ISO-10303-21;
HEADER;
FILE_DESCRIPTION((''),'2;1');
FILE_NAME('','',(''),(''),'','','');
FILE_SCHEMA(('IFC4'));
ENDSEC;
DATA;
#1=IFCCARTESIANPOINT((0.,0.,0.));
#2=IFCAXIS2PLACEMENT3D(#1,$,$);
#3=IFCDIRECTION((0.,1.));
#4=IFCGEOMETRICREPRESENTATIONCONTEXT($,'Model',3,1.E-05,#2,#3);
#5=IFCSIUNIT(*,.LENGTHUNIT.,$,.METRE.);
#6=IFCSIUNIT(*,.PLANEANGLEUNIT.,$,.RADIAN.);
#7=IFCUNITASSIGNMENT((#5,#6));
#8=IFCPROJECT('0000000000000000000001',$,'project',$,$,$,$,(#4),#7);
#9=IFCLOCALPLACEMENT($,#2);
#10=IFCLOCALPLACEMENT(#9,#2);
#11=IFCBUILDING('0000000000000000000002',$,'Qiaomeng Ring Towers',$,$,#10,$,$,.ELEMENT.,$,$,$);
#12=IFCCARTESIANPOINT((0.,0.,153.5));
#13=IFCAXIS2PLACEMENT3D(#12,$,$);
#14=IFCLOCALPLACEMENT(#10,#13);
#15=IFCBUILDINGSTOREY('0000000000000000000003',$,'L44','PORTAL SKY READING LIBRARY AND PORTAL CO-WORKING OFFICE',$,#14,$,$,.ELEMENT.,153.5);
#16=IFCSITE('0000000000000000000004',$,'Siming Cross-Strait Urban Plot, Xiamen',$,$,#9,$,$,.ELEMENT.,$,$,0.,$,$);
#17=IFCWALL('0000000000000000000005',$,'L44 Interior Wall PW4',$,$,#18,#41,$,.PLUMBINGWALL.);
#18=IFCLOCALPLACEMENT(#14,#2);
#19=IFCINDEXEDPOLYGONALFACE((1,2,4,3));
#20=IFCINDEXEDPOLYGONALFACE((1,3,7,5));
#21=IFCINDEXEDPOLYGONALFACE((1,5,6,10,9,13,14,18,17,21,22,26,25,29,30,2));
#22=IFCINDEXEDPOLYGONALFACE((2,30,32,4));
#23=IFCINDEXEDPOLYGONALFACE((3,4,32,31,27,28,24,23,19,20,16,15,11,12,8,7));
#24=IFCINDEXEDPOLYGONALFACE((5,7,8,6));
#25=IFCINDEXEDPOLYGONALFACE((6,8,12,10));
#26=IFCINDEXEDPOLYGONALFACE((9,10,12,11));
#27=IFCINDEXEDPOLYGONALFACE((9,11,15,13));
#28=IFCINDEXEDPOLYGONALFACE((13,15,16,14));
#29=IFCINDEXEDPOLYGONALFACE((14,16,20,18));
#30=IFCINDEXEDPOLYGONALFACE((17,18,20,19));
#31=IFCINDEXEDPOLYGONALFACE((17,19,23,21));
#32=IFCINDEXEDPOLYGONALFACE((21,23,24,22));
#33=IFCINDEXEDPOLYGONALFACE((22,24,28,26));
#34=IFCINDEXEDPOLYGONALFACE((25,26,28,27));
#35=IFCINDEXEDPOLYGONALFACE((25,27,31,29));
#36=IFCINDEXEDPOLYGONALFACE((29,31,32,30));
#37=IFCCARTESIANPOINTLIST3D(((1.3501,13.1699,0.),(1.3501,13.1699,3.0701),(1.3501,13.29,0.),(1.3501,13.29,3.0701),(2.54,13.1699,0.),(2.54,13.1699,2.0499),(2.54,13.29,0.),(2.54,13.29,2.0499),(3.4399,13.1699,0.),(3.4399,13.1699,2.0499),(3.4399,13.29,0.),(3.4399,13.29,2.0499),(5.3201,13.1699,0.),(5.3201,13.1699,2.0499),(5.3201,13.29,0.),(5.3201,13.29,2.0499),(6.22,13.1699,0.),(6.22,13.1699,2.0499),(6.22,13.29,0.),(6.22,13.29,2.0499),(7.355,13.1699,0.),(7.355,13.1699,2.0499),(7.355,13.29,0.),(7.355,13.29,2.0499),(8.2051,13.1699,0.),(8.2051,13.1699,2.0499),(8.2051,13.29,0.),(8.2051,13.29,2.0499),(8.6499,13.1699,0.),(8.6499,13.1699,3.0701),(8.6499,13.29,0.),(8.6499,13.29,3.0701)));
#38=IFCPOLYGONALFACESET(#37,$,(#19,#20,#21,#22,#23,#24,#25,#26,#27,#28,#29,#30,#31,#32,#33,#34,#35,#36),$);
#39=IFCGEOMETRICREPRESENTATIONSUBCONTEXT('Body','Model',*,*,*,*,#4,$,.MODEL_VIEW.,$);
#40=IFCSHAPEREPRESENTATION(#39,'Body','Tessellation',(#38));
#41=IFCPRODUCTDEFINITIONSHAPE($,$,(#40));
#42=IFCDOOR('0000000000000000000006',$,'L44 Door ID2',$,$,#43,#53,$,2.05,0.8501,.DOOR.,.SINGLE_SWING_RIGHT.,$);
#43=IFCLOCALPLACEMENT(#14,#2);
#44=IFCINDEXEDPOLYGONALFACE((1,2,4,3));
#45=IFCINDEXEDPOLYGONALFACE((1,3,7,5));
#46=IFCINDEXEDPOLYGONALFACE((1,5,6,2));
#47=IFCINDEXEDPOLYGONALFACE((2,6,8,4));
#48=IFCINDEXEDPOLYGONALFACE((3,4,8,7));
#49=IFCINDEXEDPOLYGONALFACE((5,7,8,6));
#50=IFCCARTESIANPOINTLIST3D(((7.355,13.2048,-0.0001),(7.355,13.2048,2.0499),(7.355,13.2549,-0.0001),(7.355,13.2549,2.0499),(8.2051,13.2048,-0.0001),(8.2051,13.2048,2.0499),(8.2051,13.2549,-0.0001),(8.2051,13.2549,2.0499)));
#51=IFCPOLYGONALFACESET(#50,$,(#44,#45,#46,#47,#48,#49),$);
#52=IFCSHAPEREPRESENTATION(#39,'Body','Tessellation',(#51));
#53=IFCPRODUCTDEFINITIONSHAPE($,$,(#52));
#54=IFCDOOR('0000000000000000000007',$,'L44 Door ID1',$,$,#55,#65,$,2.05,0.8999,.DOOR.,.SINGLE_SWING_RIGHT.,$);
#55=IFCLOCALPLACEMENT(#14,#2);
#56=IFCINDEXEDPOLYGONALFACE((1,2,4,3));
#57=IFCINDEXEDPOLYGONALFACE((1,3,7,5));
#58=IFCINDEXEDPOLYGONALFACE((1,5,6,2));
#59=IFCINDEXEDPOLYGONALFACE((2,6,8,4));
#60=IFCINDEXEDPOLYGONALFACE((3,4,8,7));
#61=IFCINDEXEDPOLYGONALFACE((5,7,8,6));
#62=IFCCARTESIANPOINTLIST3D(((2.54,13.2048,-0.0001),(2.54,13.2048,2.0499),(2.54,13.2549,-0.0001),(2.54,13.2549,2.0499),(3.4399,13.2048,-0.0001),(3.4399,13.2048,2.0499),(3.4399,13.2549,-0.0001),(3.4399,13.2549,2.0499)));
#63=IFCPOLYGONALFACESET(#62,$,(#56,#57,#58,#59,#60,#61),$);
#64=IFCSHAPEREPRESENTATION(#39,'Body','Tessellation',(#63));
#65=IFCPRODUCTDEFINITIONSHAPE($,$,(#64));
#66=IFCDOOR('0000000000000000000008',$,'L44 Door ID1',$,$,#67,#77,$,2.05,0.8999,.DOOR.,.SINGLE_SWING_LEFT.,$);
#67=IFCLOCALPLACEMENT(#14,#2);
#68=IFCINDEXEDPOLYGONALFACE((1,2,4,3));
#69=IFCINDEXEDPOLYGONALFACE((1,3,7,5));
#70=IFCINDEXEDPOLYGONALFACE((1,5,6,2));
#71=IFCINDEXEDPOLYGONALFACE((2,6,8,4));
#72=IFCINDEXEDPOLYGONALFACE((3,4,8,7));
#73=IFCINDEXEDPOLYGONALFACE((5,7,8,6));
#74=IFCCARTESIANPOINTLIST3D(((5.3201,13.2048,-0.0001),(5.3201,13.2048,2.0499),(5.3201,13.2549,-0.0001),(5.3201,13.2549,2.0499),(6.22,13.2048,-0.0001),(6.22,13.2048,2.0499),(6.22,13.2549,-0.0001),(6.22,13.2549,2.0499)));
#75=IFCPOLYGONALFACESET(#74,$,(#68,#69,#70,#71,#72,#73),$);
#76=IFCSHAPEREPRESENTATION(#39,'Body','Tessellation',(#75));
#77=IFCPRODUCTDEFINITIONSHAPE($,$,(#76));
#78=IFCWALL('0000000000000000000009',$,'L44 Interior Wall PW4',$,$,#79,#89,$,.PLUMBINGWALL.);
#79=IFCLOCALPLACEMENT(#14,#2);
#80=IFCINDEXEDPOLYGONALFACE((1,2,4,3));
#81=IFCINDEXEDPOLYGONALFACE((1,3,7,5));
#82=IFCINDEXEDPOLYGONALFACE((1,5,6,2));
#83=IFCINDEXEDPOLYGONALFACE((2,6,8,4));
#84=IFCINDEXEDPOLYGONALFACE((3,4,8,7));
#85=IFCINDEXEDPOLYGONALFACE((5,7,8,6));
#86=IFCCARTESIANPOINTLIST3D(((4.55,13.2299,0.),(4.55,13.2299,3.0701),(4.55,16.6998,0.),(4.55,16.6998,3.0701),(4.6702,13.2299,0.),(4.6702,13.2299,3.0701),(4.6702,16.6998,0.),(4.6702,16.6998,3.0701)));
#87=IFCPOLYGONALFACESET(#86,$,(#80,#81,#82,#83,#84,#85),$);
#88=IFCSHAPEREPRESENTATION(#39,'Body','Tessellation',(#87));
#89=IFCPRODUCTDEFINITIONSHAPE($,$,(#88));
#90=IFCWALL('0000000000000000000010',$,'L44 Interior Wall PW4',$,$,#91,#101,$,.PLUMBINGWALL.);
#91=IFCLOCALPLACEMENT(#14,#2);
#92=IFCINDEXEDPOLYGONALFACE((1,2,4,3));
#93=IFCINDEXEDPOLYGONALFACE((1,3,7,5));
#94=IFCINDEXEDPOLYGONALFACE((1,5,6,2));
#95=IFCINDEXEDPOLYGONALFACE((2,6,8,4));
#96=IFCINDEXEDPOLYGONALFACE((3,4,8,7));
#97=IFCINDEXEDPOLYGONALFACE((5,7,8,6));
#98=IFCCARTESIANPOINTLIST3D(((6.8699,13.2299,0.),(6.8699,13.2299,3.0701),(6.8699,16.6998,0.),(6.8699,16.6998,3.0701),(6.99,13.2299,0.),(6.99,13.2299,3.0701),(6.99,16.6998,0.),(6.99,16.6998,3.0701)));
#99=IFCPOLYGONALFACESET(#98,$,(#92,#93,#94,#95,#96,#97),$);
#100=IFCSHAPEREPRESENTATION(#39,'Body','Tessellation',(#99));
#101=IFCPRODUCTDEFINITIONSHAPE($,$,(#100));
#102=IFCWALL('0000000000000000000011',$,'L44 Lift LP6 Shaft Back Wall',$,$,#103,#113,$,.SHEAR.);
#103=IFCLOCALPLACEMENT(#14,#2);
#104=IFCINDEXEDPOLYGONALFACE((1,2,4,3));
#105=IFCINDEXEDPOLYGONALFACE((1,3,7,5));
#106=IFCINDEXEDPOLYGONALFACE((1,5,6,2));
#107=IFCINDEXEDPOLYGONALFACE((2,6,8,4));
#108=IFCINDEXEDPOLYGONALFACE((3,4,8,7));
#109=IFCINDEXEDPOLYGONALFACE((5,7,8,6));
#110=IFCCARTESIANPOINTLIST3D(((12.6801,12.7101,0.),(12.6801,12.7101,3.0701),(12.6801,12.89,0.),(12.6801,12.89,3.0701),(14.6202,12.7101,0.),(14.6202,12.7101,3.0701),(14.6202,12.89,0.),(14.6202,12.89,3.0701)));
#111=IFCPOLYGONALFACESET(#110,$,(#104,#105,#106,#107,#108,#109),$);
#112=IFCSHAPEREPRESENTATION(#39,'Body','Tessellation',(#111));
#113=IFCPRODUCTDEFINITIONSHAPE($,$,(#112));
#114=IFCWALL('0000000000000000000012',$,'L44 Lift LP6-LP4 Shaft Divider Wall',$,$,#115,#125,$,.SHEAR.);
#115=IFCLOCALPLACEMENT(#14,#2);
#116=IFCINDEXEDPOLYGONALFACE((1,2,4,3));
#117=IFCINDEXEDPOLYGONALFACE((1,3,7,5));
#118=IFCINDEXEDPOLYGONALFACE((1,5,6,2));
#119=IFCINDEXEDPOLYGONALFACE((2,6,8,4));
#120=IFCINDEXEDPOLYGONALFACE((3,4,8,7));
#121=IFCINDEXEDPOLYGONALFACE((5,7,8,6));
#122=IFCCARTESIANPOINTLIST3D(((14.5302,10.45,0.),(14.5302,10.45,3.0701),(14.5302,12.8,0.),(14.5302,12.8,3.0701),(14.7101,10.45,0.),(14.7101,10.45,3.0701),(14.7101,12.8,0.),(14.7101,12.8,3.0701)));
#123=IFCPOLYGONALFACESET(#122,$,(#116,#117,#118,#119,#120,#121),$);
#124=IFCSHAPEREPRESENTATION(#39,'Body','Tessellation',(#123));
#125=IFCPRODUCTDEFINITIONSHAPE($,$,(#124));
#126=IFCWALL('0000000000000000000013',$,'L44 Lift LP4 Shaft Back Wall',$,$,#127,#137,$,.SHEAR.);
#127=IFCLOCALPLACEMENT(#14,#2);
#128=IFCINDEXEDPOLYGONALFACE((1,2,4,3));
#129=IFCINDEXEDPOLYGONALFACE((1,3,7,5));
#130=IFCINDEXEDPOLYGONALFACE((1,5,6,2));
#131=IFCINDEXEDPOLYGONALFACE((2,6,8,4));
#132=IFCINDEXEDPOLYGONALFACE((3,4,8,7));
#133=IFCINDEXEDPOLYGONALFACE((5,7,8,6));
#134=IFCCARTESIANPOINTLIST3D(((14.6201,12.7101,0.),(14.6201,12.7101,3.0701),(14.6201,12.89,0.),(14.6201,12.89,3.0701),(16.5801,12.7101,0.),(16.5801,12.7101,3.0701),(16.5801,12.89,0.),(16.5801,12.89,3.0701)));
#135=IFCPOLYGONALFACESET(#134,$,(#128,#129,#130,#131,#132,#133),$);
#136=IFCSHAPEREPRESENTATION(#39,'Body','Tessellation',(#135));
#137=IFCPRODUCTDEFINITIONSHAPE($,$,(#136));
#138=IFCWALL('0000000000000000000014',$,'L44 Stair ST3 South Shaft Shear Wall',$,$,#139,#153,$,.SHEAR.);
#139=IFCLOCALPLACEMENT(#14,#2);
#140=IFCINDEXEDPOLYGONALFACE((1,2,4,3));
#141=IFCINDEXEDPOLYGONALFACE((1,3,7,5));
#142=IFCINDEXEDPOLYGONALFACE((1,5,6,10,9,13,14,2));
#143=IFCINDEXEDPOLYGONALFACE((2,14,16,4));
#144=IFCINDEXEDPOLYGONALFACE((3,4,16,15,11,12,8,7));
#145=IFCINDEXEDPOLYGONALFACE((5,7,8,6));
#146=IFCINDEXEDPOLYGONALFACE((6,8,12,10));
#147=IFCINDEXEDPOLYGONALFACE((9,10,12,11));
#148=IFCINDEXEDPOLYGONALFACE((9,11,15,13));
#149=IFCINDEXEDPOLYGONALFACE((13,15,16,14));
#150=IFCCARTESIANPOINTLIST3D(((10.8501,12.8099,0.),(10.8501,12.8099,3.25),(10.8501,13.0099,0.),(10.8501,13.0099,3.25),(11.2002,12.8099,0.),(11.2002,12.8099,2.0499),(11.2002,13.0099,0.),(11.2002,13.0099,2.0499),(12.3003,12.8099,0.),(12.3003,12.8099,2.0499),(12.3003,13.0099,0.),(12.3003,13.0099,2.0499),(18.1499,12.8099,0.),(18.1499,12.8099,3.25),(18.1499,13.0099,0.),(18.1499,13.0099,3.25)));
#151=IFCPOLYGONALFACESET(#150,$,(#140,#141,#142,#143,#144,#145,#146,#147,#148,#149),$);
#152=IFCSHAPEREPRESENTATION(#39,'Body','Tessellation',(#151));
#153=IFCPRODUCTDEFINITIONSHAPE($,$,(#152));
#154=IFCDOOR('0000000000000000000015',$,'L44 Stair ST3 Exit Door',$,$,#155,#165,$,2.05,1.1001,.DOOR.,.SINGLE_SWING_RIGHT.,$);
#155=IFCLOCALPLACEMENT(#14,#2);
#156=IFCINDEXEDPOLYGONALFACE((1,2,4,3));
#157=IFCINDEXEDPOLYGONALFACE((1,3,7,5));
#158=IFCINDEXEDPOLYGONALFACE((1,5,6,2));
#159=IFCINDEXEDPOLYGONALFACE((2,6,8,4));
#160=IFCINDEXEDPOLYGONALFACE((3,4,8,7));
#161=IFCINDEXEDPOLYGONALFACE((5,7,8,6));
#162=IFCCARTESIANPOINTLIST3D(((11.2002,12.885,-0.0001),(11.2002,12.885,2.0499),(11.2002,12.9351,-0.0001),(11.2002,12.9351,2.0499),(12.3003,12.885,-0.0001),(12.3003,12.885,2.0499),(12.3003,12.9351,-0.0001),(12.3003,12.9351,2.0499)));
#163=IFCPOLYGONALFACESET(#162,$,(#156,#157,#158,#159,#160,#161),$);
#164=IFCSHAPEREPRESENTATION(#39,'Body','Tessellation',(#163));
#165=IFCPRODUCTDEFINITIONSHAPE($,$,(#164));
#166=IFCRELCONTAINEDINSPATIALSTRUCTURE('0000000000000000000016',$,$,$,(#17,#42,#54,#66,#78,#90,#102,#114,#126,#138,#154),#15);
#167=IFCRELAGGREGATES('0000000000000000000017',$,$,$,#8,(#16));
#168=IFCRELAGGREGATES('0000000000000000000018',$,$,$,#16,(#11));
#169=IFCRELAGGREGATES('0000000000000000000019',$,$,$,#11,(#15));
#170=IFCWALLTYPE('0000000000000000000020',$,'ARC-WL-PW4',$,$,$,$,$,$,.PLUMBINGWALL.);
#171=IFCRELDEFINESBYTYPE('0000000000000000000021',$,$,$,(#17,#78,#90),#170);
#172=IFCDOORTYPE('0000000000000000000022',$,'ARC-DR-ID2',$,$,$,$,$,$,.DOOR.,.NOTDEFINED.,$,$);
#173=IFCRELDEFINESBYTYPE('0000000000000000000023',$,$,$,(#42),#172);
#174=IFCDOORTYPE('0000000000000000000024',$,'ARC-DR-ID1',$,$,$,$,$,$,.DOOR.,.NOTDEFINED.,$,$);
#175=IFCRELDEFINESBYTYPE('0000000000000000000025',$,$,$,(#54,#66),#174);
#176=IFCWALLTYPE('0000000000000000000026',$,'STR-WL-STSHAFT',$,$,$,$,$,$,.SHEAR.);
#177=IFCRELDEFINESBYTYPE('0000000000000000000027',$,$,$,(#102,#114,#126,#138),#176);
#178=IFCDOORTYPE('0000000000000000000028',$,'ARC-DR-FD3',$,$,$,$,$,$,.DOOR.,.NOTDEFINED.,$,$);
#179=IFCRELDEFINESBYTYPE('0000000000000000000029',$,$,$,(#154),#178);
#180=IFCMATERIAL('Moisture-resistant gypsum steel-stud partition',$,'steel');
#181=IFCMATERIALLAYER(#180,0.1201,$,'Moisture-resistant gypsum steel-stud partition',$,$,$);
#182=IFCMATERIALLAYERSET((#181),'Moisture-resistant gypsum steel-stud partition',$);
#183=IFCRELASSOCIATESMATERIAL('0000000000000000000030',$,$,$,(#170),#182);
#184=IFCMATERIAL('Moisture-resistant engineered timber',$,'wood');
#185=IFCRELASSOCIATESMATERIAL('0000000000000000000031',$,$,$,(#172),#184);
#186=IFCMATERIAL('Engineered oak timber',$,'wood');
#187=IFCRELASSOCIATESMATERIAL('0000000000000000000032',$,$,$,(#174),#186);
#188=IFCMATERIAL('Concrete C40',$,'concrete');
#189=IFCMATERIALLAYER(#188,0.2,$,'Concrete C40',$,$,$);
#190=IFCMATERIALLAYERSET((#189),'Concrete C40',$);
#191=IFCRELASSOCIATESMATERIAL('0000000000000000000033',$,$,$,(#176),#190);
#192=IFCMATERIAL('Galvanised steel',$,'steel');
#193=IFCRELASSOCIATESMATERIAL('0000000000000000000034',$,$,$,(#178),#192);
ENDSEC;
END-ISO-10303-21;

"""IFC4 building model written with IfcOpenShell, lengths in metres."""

from ifc_helpers import new_model, si_unit, direction, frame, frame_2d, origin, place, context, subcontext, project, spatial, rectangle, extrude, source, transform, mapped, material, layer, layer_set, type_object, element, fill, save


model = new_model("IFC4")

# Units and contexts
model_context = context("Model", 3, precision=1e-05, world=origin(), true_north=direction((0.0, 1.0)))
body_context = subcontext(model_context, "Body", "Model", "MODEL_VIEW")
ifc_project = project(units=[si_unit("LENGTHUNIT", "METRE"), si_unit("PLANEANGLEUNIT", "RADIAN")], contexts=[model_context])

# Site, building, storey
site_placement = place(None, origin())
site = spatial("IfcSite", under=ifc_project, at=site_placement, Name="Siming Cross-Strait Urban Plot, Xiamen", CompositionType="ELEMENT", RefElevation=0.0)
building_placement = place(site_placement, origin())
building = spatial("IfcBuilding", under=site, at=building_placement, Name="Qiaomeng Ring Towers", CompositionType="ELEMENT")
storey_placement = place(building_placement, frame((0.0, 0.0, 153.5)))
storey = spatial("IfcBuildingStorey", under=building, at=storey_placement, Name="L44", Description="PORTAL SKY READING LIBRARY AND PORTAL CO-WORKING OFFICE", CompositionType="ELEMENT", Elevation=153.5)

# Wall, openings, doors
ifc_material_1 = material(Name="Moisture-resistant gypsum steel-stud partition", Category="steel")
ifc_layer_1 = layer(ifc_material_1, 0.1201, Name="Moisture-resistant gypsum steel-stud partition")
ifc_layer_set_1 = layer_set([ifc_layer_1], Name="Moisture-resistant gypsum steel-stud partition")
wall_type_1 = type_object("IfcWallType", Name="ARC-WL-PW4", PredefinedType="PLUMBINGWALL", material=ifc_layer_set_1)
wall_1_placement = place(storey_placement, frame((1.3501, 13.23, 0.0), z_axis=(0.0, 0.0, 1.0), x_axis=(1.0, 0.0, 0.0)))
wall_1 = element("IfcWall", 1, at=wall_1_placement, inside=storey, type_object=wall_type_1, Name="L44 Interior Wall PW4", PredefinedType="PLUMBINGWALL", context=body_context, shape_type="SweptSolid", body=[
    extrude(rectangle(XDim=7.2998, YDim=0.1201, at=frame_2d((3.6499, 0.0))), origin(), (0.0, 0.0, 1.0), 3.0701),
])
opening_1_placement = place(wall_1_placement, frame((1.1899, 0.0, 0.0)))
opening_1 = element("IfcOpeningElement", 2, at=opening_1_placement, cuts=wall_1, PredefinedType="OPENING", context=body_context, shape_type="SweptSolid", body=[
    extrude(rectangle(XDim=0.8999, YDim=2.05, at=frame_2d((0.45, 1.0249))), frame((0.0, 0.0701, 0.0), z_axis=(0.0, -1.0, 0.0), x_axis=(1.0, 0.0, 0.0)), (0.0, 0.0, 1.0), 0.1401),
])
opening_2_placement = place(wall_1_placement, frame((3.97, 0.0, 0.0)))
opening_2 = element("IfcOpeningElement", 3, at=opening_2_placement, cuts=wall_1, PredefinedType="OPENING", context=body_context, shape_type="SweptSolid", body=[
    extrude(rectangle(XDim=0.8999, YDim=2.05, at=frame_2d((0.45, 1.0249))), frame((0.0, 0.0701, 0.0), z_axis=(0.0, -1.0, 0.0), x_axis=(1.0, 0.0, 0.0)), (0.0, 0.0, 1.0), 0.1401),
])
opening_3_placement = place(wall_1_placement, frame((6.0049, 0.0, 0.0)))
opening_3 = element("IfcOpeningElement", 4, at=opening_3_placement, cuts=wall_1, PredefinedType="OPENING", context=body_context, shape_type="SweptSolid", body=[
    extrude(rectangle(XDim=0.8501, YDim=2.05, at=frame_2d((0.425, 1.0249))), frame((0.0, 0.0701, 0.0), z_axis=(0.0, -1.0, 0.0), x_axis=(1.0, 0.0, 0.0)), (0.0, 0.0, 1.0), 0.1401),
])
ifc_material_2 = material(Name="Moisture-resistant engineered timber", Category="wood")
door_type_1 = type_object("IfcDoorType", Name="ARC-DR-ID2", OperationType="NOTDEFINED", PredefinedType="DOOR", material=ifc_material_2)
shared_shape_1 = source(origin(), body_context, "Body", "SweptSolid", [
    extrude(rectangle(XDim=0.8501, YDim=2.05, at=frame_2d((0.425, 1.0249))), frame((0.0, 0.0249, 0.0), z_axis=(0.0, -1.0, 0.0), x_axis=(1.0, 0.0, 0.0)), (0.0, 0.0, 1.0), 0.05),
])
door_1_placement = place(opening_3_placement, origin())
door_1 = element("IfcDoor", 5, at=door_1_placement, inside=storey, type_object=door_type_1, Name="L44 Door ID2", OperationType="SINGLE_SWING_RIGHT", OverallHeight=2.05, OverallWidth=0.8501, PredefinedType="DOOR", context=body_context, shape_type="MappedRepresentation", body=[
    mapped(shared_shape_1, transform((0.0, 0.0, 0.0), x_axis=(1.0, 0.0, 0.0), y_axis=(0.0, 1.0, 0.0), z_axis=(0.0, 0.0, 1.0), scale=1.0)),
])
fill(opening_3, door_1)
ifc_material_3 = material(Name="Engineered oak timber", Category="wood")
door_type_2 = type_object("IfcDoorType", Name="ARC-DR-ID1", OperationType="NOTDEFINED", PredefinedType="DOOR", material=ifc_material_3)
shared_shape_2 = source(origin(), body_context, "Body", "SweptSolid", [
    extrude(rectangle(XDim=0.8999, YDim=2.05, at=frame_2d((0.45, 1.0249))), frame((0.0, 0.0249, 0.0), z_axis=(0.0, -1.0, 0.0), x_axis=(1.0, 0.0, 0.0)), (0.0, 0.0, 1.0), 0.05),
])
door_2_placement = place(opening_1_placement, origin())
door_2 = element("IfcDoor", 6, at=door_2_placement, inside=storey, type_object=door_type_2, Name="L44 Door ID1", OperationType="SINGLE_SWING_RIGHT", OverallHeight=2.05, OverallWidth=0.8999, PredefinedType="DOOR", context=body_context, shape_type="MappedRepresentation", body=[
    mapped(shared_shape_2, transform((0.0, 0.0, 0.0), x_axis=(1.0, 0.0, 0.0), y_axis=(0.0, 1.0, 0.0), z_axis=(0.0, 0.0, 1.0), scale=1.0)),
])
fill(opening_1, door_2)
door_3_placement = place(opening_2_placement, origin())
door_3 = element("IfcDoor", 7, at=door_3_placement, inside=storey, type_object=door_type_2, Name="L44 Door ID1", OperationType="SINGLE_SWING_LEFT", OverallHeight=2.05, OverallWidth=0.8999, PredefinedType="DOOR", context=body_context, shape_type="MappedRepresentation", body=[
    mapped(shared_shape_2, transform((0.0, 0.0, 0.0), x_axis=(1.0, 0.0, 0.0), y_axis=(0.0, 1.0, 0.0), z_axis=(0.0, 0.0, 1.0), scale=1.0)),
])
fill(opening_2, door_3)

# Walls
for number, where, z_axis, x_axis, name in (
    (8, (4.6101, 13.23, 0.0), (0.0, 0.0, 1.0), (0.0, 1.0, 0.0), "L44 Interior Wall PW4"),
    (9, (6.9299, 13.23, 0.0), (0.0, 0.0, 1.0), (0.0, 1.0, 0.0), "L44 Interior Wall PW4"),
):
    element("IfcWall", number, at=place(storey_placement, frame(where, z_axis=z_axis, x_axis=x_axis)), inside=storey, type_object=wall_type_1, Name=name, PredefinedType="PLUMBINGWALL", context=body_context, shape_type="SweptSolid", body=[
        extrude(rectangle(XDim=3.47, YDim=0.1201, at=frame_2d((1.7349, 0.0))), origin(), (0.0, 0.0, 1.0), 3.0701),
    ])
ifc_material_4 = material(Name="Concrete C40", Category="concrete")
ifc_layer_2 = layer(ifc_material_4, 0.2, Name="Concrete C40")
ifc_layer_set_2 = layer_set([ifc_layer_2], Name="Concrete C40")
wall_type_2 = type_object("IfcWallType", Name="STR-WL-STSHAFT", PredefinedType="SHEAR", material=ifc_layer_set_2)
wall_2_placement = place(storey_placement, frame((12.6799, 12.8, 0.0), z_axis=(0.0, 0.0, 1.0), x_axis=(1.0, 0.0, 0.0)))
element("IfcWall", 10, at=wall_2_placement, inside=storey, type_object=wall_type_2, Name="L44 Lift LP6 Shaft Back Wall", PredefinedType="SHEAR", context=body_context, shape_type="SweptSolid", body=[
    extrude(rectangle(XDim=1.9402, YDim=0.1799, at=frame_2d((0.9702, 0.0))), origin(), (0.0, 0.0, 1.0), 3.0701),
])
wall_3_placement = place(storey_placement, frame((14.6201, 10.45, 0.0), z_axis=(0.0, 0.0, 1.0), x_axis=(0.0, 1.0, 0.0)))
element("IfcWall", 11, at=wall_3_placement, inside=storey, type_object=wall_type_2, Name="L44 Lift LP6-LP4 Shaft Divider Wall", PredefinedType="SHEAR", context=body_context, shape_type="SweptSolid", body=[
    extrude(rectangle(XDim=2.3501, YDim=0.1799, at=frame_2d((1.175, 0.0))), origin(), (0.0, 0.0, 1.0), 3.0701),
])
wall_4_placement = place(storey_placement, frame((14.6201, 12.8, 0.0), z_axis=(0.0, 0.0, 1.0), x_axis=(1.0, 0.0, 0.0)))
element("IfcWall", 12, at=wall_4_placement, inside=storey, type_object=wall_type_2, Name="L44 Lift LP4 Shaft Back Wall", PredefinedType="SHEAR", context=body_context, shape_type="SweptSolid", body=[
    extrude(rectangle(XDim=1.96, YDim=0.1799, at=frame_2d((0.98, 0.0))), origin(), (0.0, 0.0, 1.0), 3.0701),
])

# Wall, opening, door
wall_5_placement = place(storey_placement, frame((10.8501, 12.9099, 0.0), z_axis=(0.0, 0.0, 1.0), x_axis=(1.0, 0.0, 0.0)))
wall_5 = element("IfcWall", 13, at=wall_5_placement, inside=storey, type_object=wall_type_2, Name="L44 Stair ST3 South Shaft Shear Wall", PredefinedType="SHEAR", context=body_context, shape_type="SweptSolid", body=[
    extrude(rectangle(XDim=7.2998, YDim=0.2, at=frame_2d((3.6499, 0.0))), origin(), (0.0, 0.0, 1.0), 3.25),
])
opening_4_placement = place(wall_5_placement, frame((0.3501, 0.0, 0.0)))
opening_4 = element("IfcOpeningElement", 14, at=opening_4_placement, cuts=wall_5, PredefinedType="OPENING", context=body_context, shape_type="SweptSolid", body=[
    extrude(rectangle(XDim=1.1001, YDim=2.05, at=frame_2d((0.55, 1.0249))), frame((0.0, 0.1099, 0.0), z_axis=(0.0, -1.0, 0.0), x_axis=(1.0, 0.0, 0.0)), (0.0, 0.0, 1.0), 0.22),
])
ifc_material_5 = material(Name="Galvanised steel", Category="steel")
door_type_3 = type_object("IfcDoorType", Name="ARC-DR-FD3", OperationType="NOTDEFINED", PredefinedType="DOOR", material=ifc_material_5)
shared_shape_3 = source(origin(), body_context, "Body", "SweptSolid", [
    extrude(rectangle(XDim=1.1001, YDim=2.05, at=frame_2d((0.55, 1.0249))), frame((0.0, 0.0249, 0.0), z_axis=(0.0, -1.0, 0.0), x_axis=(1.0, 0.0, 0.0)), (0.0, 0.0, 1.0), 0.05),
])
door_4_placement = place(opening_4_placement, frame((1.1001, 0.0, 0.0), z_axis=(0.0, 0.0, 1.0), x_axis=(-1.0, 0.0, 0.0)))
door_4 = element("IfcDoor", 15, at=door_4_placement, inside=storey, type_object=door_type_3, Name="L44 Stair ST3 Exit Door", OperationType="SINGLE_SWING_RIGHT", OverallHeight=2.05, OverallWidth=1.1001, PredefinedType="DOOR", context=body_context, shape_type="MappedRepresentation", body=[
    mapped(shared_shape_3, transform((0.0, 0.0, 0.0), x_axis=(1.0, 0.0, 0.0), y_axis=(0.0, 1.0, 0.0), z_axis=(0.0, 0.0, 1.0), scale=1.0)),
])
fill(opening_4, door_4)

save(model, "model.ifc")
